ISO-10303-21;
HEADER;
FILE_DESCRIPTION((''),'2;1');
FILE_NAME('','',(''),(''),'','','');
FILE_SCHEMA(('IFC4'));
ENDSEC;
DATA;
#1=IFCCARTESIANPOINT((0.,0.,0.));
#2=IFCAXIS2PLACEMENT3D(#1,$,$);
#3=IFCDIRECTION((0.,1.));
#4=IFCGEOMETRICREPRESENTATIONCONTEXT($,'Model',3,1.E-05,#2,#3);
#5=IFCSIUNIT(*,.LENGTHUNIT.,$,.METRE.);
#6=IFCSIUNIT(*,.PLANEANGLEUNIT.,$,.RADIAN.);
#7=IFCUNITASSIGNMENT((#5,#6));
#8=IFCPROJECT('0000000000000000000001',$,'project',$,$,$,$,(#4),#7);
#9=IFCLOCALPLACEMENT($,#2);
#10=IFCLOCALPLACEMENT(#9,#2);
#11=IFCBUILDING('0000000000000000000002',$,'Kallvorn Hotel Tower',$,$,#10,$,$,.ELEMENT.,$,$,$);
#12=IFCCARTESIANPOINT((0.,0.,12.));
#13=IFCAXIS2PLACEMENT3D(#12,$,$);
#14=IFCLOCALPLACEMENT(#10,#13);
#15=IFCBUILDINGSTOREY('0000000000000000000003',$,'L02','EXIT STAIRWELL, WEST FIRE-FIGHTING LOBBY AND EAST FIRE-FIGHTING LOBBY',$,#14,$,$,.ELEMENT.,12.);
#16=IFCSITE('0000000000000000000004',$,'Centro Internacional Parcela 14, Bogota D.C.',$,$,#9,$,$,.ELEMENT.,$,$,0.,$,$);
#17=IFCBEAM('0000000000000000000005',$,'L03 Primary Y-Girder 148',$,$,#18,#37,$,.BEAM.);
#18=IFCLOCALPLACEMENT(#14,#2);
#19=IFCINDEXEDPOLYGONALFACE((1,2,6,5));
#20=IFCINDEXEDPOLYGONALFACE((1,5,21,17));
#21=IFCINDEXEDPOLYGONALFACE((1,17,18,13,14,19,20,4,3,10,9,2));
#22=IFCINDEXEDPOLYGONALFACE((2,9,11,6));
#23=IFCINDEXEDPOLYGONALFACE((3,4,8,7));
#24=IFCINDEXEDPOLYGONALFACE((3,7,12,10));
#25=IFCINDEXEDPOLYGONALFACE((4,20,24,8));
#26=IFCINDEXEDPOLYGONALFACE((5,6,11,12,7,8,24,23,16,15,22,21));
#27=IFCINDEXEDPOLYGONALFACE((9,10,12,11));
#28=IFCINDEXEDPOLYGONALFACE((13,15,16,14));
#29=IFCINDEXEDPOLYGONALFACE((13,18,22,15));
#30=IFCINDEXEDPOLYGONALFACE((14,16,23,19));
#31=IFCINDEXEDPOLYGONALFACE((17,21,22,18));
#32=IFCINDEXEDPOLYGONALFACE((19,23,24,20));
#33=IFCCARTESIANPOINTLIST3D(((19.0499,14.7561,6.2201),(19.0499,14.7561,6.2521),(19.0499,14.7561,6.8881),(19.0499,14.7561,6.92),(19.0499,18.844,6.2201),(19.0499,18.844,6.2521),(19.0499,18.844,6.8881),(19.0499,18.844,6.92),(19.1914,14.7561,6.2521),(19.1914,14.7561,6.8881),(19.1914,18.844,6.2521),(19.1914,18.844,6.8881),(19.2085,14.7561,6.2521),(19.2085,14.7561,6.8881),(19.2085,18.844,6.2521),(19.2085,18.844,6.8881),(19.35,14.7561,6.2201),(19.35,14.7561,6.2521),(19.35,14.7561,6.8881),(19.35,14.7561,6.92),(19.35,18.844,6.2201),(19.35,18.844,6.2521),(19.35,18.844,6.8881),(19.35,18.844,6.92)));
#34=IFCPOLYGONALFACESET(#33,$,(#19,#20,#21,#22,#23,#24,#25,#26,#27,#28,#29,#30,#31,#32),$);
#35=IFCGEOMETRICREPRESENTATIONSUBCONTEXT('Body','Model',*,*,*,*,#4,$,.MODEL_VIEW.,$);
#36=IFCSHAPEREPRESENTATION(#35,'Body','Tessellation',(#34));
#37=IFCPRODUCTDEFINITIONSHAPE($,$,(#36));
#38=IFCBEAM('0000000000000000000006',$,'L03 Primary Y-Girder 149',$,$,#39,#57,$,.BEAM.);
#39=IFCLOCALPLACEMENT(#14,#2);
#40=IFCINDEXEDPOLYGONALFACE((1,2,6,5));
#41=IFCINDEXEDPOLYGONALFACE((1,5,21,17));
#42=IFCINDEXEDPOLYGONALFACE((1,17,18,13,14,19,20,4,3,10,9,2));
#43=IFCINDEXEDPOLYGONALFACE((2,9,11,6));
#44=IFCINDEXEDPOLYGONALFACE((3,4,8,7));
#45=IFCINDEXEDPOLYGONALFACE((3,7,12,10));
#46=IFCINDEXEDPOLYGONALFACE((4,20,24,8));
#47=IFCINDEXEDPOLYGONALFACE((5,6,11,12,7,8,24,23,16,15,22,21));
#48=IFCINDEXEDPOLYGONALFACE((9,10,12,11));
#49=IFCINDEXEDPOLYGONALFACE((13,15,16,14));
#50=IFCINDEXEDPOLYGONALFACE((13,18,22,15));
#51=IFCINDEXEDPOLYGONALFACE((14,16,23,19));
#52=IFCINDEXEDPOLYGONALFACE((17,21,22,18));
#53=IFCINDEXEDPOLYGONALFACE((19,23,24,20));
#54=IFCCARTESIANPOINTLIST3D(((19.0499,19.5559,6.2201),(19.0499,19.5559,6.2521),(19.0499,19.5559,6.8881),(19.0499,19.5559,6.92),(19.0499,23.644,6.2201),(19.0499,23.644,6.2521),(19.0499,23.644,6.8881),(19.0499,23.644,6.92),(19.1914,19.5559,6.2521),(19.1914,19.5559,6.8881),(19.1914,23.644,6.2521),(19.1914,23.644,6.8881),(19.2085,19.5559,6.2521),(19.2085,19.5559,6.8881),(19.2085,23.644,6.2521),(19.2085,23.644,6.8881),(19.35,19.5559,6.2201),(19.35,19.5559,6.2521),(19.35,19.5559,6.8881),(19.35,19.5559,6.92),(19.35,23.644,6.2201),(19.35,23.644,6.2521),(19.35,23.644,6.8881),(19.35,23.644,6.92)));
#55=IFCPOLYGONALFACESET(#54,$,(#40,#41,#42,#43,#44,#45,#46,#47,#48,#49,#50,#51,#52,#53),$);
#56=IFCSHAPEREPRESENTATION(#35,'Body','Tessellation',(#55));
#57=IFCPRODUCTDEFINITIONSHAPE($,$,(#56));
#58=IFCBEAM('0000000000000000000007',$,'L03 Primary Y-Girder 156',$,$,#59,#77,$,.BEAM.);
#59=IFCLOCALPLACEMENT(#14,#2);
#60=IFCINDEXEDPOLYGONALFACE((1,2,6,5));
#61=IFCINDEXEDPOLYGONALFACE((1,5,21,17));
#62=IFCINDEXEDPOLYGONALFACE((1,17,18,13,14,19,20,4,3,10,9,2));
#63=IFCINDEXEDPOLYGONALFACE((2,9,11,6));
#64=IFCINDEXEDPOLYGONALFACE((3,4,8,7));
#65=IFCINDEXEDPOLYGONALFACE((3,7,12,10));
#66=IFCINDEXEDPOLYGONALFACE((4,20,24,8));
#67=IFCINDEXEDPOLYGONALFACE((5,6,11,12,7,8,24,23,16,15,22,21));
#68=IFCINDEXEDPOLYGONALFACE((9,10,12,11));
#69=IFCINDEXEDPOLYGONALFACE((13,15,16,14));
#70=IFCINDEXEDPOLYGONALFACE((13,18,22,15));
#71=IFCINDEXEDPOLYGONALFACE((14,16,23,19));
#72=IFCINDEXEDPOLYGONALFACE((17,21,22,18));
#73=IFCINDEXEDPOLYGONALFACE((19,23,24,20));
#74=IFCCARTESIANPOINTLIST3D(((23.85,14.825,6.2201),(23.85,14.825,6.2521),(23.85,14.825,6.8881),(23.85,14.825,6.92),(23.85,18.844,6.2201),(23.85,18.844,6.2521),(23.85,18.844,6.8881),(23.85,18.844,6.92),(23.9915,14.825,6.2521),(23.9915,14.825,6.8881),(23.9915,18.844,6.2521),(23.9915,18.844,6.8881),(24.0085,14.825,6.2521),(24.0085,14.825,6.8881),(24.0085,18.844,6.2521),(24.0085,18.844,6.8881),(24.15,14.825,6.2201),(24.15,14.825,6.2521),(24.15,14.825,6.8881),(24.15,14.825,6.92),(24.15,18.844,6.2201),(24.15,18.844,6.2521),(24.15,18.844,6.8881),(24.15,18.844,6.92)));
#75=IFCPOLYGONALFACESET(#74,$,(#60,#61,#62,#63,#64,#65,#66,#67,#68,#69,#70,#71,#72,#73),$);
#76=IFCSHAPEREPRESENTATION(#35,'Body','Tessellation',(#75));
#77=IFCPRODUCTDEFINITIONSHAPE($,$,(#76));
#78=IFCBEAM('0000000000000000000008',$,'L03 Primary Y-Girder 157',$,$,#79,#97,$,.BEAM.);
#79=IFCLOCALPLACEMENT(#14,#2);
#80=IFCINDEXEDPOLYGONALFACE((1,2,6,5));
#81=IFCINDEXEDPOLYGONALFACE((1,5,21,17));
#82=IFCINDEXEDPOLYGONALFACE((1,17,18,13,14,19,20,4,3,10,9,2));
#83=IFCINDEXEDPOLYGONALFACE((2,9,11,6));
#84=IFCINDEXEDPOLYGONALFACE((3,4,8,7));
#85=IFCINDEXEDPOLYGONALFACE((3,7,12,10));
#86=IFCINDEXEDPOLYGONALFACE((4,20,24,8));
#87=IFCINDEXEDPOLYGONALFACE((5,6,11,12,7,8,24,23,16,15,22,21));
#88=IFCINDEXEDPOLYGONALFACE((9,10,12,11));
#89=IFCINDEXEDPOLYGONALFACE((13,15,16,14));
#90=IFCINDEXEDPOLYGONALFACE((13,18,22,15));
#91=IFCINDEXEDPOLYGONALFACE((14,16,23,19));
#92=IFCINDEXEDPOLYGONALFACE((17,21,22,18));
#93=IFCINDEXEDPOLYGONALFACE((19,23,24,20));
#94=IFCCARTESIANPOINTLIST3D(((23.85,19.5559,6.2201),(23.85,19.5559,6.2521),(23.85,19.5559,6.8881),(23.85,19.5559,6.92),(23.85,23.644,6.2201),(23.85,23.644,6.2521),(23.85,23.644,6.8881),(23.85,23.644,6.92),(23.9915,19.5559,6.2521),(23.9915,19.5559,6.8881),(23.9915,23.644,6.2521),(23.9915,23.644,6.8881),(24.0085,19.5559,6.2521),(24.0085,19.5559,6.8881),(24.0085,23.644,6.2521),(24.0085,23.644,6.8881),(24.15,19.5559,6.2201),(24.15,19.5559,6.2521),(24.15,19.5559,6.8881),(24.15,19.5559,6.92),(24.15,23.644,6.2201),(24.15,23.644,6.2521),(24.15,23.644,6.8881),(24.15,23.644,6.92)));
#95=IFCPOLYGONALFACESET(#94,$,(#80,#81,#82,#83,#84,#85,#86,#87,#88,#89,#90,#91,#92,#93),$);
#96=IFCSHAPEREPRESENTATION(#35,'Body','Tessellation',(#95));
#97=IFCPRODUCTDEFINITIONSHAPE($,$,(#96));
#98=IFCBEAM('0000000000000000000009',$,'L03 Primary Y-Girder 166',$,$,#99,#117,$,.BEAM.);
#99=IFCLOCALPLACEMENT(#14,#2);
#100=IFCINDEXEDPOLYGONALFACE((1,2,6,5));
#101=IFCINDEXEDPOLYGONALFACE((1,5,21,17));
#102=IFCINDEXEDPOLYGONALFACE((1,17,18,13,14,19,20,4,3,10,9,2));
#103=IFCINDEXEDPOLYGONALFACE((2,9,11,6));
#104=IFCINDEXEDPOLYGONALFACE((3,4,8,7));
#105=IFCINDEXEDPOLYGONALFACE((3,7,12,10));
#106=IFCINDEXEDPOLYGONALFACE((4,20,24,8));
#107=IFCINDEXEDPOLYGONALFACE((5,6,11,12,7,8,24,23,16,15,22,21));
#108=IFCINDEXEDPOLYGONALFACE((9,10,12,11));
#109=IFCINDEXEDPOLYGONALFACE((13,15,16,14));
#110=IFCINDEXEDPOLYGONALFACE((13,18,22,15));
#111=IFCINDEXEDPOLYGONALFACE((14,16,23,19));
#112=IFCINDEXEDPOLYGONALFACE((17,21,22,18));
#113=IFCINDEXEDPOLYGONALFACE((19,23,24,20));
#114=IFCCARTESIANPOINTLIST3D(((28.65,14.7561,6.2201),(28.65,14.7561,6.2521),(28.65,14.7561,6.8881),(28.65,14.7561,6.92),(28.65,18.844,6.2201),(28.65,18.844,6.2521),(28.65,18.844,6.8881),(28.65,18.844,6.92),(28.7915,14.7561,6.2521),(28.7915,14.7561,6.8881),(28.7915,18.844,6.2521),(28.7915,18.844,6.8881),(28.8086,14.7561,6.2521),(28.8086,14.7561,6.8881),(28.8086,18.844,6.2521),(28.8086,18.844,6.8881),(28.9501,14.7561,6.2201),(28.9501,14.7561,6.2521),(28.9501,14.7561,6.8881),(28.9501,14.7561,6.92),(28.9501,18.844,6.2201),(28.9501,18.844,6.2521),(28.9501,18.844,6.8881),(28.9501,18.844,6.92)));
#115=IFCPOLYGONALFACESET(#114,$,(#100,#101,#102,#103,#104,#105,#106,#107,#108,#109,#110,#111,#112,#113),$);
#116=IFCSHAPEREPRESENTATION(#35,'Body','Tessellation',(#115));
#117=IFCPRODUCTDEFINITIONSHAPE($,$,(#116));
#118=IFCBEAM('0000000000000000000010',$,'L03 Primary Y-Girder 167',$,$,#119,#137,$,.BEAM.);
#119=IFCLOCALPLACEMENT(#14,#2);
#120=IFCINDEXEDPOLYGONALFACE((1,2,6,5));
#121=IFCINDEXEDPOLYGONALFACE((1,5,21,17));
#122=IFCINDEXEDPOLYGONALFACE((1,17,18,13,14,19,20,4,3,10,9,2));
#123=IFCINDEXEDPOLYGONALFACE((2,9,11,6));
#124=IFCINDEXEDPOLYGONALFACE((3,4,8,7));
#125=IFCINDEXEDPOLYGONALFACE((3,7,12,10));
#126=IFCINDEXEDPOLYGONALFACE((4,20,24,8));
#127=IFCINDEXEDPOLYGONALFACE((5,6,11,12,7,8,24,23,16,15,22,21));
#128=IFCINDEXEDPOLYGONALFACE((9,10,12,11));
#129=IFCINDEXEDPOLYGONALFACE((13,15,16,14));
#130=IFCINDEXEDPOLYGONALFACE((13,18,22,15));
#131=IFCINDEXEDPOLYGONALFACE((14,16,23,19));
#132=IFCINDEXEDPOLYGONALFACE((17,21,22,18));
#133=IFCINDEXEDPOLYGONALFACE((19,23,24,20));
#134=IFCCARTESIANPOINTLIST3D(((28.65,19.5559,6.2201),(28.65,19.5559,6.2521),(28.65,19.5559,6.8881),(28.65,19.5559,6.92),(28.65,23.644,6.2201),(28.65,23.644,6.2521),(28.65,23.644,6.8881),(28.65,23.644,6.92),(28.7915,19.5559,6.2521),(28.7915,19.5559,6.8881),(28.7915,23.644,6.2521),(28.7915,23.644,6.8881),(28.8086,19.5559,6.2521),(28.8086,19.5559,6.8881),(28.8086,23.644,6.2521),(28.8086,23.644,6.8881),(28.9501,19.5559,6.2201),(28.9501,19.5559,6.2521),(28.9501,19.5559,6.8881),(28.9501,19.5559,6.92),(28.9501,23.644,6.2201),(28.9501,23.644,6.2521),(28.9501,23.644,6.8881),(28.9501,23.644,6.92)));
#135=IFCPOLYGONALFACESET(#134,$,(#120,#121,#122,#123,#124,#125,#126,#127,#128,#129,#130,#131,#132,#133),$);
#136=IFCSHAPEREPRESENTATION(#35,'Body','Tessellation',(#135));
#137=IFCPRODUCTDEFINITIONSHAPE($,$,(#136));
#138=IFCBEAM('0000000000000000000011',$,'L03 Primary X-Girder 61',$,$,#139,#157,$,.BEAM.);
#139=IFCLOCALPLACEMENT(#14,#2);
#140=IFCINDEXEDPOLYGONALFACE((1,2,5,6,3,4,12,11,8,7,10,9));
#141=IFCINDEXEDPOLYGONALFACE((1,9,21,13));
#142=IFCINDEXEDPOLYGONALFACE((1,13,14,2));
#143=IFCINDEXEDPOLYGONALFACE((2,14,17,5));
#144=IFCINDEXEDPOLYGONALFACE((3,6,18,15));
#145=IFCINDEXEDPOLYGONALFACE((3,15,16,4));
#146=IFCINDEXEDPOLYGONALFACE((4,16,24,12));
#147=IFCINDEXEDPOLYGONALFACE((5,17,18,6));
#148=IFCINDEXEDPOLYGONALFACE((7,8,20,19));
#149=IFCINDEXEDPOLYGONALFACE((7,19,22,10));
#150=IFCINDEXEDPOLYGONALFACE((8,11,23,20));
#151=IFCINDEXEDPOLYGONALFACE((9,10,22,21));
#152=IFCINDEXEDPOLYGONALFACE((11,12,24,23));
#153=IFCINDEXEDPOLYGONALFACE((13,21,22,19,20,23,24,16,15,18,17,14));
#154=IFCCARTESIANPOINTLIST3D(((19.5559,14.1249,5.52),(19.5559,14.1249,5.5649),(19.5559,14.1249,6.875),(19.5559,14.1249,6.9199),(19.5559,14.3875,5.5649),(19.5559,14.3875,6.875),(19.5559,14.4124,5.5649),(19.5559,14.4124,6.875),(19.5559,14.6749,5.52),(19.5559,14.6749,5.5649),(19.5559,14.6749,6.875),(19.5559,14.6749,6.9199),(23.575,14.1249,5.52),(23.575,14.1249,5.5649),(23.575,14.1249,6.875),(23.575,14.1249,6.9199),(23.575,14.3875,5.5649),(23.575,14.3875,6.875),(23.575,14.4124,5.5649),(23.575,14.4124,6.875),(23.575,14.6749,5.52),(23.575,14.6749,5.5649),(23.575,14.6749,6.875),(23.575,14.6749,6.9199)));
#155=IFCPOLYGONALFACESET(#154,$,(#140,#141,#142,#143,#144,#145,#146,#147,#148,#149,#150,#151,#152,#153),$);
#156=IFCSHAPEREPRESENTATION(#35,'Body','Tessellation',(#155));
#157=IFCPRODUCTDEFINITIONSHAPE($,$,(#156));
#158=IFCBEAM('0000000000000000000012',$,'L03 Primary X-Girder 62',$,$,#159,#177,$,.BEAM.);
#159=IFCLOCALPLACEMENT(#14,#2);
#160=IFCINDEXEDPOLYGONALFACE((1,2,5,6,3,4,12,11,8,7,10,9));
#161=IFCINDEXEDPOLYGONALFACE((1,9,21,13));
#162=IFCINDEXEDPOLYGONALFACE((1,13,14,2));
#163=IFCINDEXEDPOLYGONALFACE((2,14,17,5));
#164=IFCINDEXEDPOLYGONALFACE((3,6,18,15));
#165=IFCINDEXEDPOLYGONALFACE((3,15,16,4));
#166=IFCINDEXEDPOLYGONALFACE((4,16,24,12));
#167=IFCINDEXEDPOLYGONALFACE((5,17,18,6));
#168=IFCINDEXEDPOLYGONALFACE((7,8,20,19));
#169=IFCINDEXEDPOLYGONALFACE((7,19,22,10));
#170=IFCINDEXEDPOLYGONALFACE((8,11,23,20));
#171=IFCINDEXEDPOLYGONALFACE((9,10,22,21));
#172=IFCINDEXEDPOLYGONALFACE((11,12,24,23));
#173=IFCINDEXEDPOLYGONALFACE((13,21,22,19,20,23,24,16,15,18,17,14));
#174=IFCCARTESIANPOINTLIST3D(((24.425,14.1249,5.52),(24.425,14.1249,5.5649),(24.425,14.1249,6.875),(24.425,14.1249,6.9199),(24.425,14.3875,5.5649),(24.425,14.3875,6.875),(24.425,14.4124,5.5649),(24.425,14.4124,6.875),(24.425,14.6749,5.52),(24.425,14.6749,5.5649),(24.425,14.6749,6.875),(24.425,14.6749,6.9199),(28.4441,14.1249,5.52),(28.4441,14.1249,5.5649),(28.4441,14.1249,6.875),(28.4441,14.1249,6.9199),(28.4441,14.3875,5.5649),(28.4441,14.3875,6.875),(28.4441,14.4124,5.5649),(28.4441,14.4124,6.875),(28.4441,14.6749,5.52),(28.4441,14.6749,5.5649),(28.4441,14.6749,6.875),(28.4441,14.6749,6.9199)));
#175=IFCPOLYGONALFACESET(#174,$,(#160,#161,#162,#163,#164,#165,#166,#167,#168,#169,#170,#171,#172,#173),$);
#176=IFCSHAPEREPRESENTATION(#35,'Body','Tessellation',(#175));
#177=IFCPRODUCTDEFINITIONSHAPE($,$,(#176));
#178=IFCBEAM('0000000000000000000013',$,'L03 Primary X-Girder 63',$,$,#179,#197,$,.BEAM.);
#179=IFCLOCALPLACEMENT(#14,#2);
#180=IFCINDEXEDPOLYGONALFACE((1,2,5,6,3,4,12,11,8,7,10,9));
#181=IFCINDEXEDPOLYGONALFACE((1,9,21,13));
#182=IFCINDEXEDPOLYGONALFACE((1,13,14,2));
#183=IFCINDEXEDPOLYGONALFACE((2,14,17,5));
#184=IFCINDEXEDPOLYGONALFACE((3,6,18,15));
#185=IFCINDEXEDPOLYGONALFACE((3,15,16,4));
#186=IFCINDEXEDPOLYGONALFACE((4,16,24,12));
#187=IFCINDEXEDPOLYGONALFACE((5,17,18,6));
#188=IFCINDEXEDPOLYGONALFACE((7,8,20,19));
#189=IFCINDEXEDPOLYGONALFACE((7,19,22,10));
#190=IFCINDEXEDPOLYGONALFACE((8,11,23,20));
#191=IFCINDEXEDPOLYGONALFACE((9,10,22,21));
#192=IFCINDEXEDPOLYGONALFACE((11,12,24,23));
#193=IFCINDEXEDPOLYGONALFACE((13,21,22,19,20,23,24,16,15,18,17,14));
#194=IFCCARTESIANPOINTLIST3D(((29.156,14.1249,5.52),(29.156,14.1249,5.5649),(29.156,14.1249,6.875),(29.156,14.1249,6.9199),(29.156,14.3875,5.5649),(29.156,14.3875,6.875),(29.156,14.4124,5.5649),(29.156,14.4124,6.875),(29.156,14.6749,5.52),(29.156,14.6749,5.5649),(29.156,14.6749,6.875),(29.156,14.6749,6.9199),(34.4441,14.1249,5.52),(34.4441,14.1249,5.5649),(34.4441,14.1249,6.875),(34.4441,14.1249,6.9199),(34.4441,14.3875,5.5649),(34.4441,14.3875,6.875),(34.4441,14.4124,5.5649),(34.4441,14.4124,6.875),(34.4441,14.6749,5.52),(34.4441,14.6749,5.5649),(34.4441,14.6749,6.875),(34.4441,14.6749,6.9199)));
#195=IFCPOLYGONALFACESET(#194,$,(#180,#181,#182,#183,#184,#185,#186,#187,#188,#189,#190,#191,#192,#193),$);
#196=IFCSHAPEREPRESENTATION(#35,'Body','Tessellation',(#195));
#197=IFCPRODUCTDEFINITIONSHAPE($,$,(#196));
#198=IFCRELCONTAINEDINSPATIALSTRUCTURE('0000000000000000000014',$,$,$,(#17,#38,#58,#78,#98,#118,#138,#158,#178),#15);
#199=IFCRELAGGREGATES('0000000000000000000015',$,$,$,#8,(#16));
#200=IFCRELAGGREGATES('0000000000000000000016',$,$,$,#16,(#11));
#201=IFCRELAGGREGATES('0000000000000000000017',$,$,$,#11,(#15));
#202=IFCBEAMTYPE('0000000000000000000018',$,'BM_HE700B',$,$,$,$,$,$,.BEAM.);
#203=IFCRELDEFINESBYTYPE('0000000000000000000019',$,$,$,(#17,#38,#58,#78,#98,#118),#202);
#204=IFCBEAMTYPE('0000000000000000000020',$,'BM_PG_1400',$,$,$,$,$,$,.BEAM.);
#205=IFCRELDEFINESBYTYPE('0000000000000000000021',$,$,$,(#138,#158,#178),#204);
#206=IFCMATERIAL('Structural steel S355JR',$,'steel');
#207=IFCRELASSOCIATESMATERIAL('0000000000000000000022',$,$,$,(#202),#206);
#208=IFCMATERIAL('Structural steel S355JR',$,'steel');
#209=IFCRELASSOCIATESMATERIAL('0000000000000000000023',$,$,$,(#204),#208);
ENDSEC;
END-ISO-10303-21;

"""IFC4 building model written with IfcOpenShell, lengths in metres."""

from ifc_helpers import new_model, si_unit, direction, frame, origin, origin_2d, place, context, subcontext, project, spatial, i_section, extrude, material, material_profile, profile_set, type_object, element, save


model = new_model("IFC4")

# Units and contexts
model_context = context("Model", 3, precision=1e-05, world=origin(), true_north=direction((0.0, 1.0)))
body_context = subcontext(model_context, "Body", "Model", "MODEL_VIEW")
ifc_project = project(units=[si_unit("LENGTHUNIT", "METRE"), si_unit("PLANEANGLEUNIT", "RADIAN")], contexts=[model_context])

# Site, building, storey
site_placement = place(None, origin())
site = spatial("IfcSite", under=ifc_project, at=site_placement, Name="Centro Internacional Parcela 14, Bogota D.C.", CompositionType="ELEMENT", RefElevation=0.0)
building_placement = place(site_placement, origin())
building = spatial("IfcBuilding", under=site, at=building_placement, Name="Kallvorn Hotel Tower", CompositionType="ELEMENT")
storey_placement = place(building_placement, frame((0.0, 0.0, 12.0)))
storey = spatial("IfcBuildingStorey", under=building, at=storey_placement, Name="L02", Description="EXIT STAIRWELL, WEST FIRE-FIGHTING LOBBY AND EAST FIRE-FIGHTING LOBBY", CompositionType="ELEMENT", Elevation=12.0)

# Beams
ifc_material_1 = material(Name="Structural steel S355JR", Category="steel")
ifc_material_profile_1 = material_profile(ifc_material_1, i_section(OverallWidth=0.3, OverallDepth=0.7, WebThickness=0.0171, FlangeThickness=0.032, at=origin_2d()), Name="HE 700 B")
ifc_profile_set_1 = profile_set([ifc_material_profile_1], Name="Structural steel S355JR")
beam_type_1 = type_object("IfcBeamType", Name="BM_HE700B", PredefinedType="BEAM", material=ifc_profile_set_1)
beam_1_placement = place(storey_placement, frame((19.2, 14.7561, 6.5701), z_axis=(0.0, 1.0, 0.0), x_axis=(-1.0, 0.0, 0.0)))
element("IfcBeam", 1, at=beam_1_placement, inside=storey, type_object=beam_type_1, Name="L03 Primary Y-Girder 148", PredefinedType="BEAM", context=body_context, shape_type="SweptSolid", body=[
    extrude(i_section(OverallWidth=0.3, OverallDepth=0.7, WebThickness=0.0171, FlangeThickness=0.032, at=origin_2d()), origin(), (0.0, 0.0, 1.0), 4.0879),
])
beam_2_placement = place(storey_placement, frame((19.2, 19.5559, 6.5701), z_axis=(0.0, 1.0, 0.0), x_axis=(-1.0, 0.0, 0.0)))
element("IfcBeam", 2, at=beam_2_placement, inside=storey, type_object=beam_type_1, Name="L03 Primary Y-Girder 149", PredefinedType="BEAM", context=body_context, shape_type="SweptSolid", body=[
    extrude(i_section(OverallWidth=0.3, OverallDepth=0.7, WebThickness=0.0171, FlangeThickness=0.032, at=origin_2d()), origin(), (0.0, 0.0, 1.0), 4.0881),
])
beam_3_placement = place(storey_placement, frame((24.0, 14.825, 6.5701), z_axis=(0.0, 1.0, 0.0), x_axis=(-1.0, 0.0, 0.0)))
element("IfcBeam", 3, at=beam_3_placement, inside=storey, type_object=beam_type_1, Name="L03 Primary Y-Girder 156", PredefinedType="BEAM", context=body_context, shape_type="SweptSolid", body=[
    extrude(i_section(OverallWidth=0.3, OverallDepth=0.7, WebThickness=0.0171, FlangeThickness=0.032, at=origin_2d()), origin(), (0.0, 0.0, 1.0), 4.019),
])
beam_4_placement = place(storey_placement, frame((24.0, 19.5559, 6.5701), z_axis=(0.0, 1.0, 0.0), x_axis=(-1.0, 0.0, 0.0)))
element("IfcBeam", 4, at=beam_4_placement, inside=storey, type_object=beam_type_1, Name="L03 Primary Y-Girder 157", PredefinedType="BEAM", context=body_context, shape_type="SweptSolid", body=[
    extrude(i_section(OverallWidth=0.3, OverallDepth=0.7, WebThickness=0.0171, FlangeThickness=0.032, at=origin_2d()), origin(), (0.0, 0.0, 1.0), 4.0881),
])
beam_5_placement = place(storey_placement, frame((28.8, 14.7561, 6.5701), z_axis=(0.0, 1.0, 0.0), x_axis=(-1.0, 0.0, 0.0)))
element("IfcBeam", 5, at=beam_5_placement, inside=storey, type_object=beam_type_1, Name="L03 Primary Y-Girder 166", PredefinedType="BEAM", context=body_context, shape_type="SweptSolid", body=[
    extrude(i_section(OverallWidth=0.3, OverallDepth=0.7, WebThickness=0.0171, FlangeThickness=0.032, at=origin_2d()), origin(), (0.0, 0.0, 1.0), 4.0879),
])
beam_6_placement = place(storey_placement, frame((28.8, 19.5559, 6.5701), z_axis=(0.0, 1.0, 0.0), x_axis=(-1.0, 0.0, 0.0)))
element("IfcBeam", 6, at=beam_6_placement, inside=storey, type_object=beam_type_1, Name="L03 Primary Y-Girder 167", PredefinedType="BEAM", context=body_context, shape_type="SweptSolid", body=[
    extrude(i_section(OverallWidth=0.3, OverallDepth=0.7, WebThickness=0.0171, FlangeThickness=0.032, at=origin_2d()), origin(), (0.0, 0.0, 1.0), 4.0881),
])
ifc_material_2 = material(Name="Structural steel S355JR", Category="steel")
ifc_material_profile_2 = material_profile(ifc_material_2, i_section(OverallWidth=0.55, OverallDepth=1.3999, WebThickness=0.0249, FlangeThickness=0.0449, at=origin_2d()), Name="PG 1400x550x25x45")
ifc_profile_set_2 = profile_set([ifc_material_profile_2], Name="Structural steel S355JR")
beam_type_2 = type_object("IfcBeamType", Name="BM_PG_1400", PredefinedType="BEAM", material=ifc_profile_set_2)
for number, where, z_axis, x_axis, name in (
    (7, (19.5559, 14.3999, 6.22), (1.0, 0.0, 0.0), (0.0, 1.0, 0.0), "L03 Primary X-Girder 61"),
    (8, (24.425, 14.3999, 6.22), (1.0, 0.0, 0.0), (0.0, 1.0, 0.0), "L03 Primary X-Girder 62"),
):
    element("IfcBeam", number, at=place(storey_placement, frame(where, z_axis=z_axis, x_axis=x_axis)), inside=storey, type_object=beam_type_2, Name=name, PredefinedType="BEAM", context=body_context, shape_type="SweptSolid", body=[
        extrude(i_section(OverallWidth=0.55, OverallDepth=1.3999, WebThickness=0.0249, FlangeThickness=0.0449, at=origin_2d()), origin(), (0.0, 0.0, 1.0), 4.019),
    ])
beam_7_placement = place(storey_placement, frame((29.156, 14.3999, 6.22), z_axis=(1.0, 0.0, 0.0), x_axis=(0.0, 1.0, 0.0)))
element("IfcBeam", 9, at=beam_7_placement, inside=storey, type_object=beam_type_2, Name="L03 Primary X-Girder 63", PredefinedType="BEAM", context=body_context, shape_type="SweptSolid", body=[
    extrude(i_section(OverallWidth=0.55, OverallDepth=1.3999, WebThickness=0.0249, FlangeThickness=0.0449, at=origin_2d()), origin(), (0.0, 0.0, 1.0), 5.2881),
])

save(model, "model.ifc")
